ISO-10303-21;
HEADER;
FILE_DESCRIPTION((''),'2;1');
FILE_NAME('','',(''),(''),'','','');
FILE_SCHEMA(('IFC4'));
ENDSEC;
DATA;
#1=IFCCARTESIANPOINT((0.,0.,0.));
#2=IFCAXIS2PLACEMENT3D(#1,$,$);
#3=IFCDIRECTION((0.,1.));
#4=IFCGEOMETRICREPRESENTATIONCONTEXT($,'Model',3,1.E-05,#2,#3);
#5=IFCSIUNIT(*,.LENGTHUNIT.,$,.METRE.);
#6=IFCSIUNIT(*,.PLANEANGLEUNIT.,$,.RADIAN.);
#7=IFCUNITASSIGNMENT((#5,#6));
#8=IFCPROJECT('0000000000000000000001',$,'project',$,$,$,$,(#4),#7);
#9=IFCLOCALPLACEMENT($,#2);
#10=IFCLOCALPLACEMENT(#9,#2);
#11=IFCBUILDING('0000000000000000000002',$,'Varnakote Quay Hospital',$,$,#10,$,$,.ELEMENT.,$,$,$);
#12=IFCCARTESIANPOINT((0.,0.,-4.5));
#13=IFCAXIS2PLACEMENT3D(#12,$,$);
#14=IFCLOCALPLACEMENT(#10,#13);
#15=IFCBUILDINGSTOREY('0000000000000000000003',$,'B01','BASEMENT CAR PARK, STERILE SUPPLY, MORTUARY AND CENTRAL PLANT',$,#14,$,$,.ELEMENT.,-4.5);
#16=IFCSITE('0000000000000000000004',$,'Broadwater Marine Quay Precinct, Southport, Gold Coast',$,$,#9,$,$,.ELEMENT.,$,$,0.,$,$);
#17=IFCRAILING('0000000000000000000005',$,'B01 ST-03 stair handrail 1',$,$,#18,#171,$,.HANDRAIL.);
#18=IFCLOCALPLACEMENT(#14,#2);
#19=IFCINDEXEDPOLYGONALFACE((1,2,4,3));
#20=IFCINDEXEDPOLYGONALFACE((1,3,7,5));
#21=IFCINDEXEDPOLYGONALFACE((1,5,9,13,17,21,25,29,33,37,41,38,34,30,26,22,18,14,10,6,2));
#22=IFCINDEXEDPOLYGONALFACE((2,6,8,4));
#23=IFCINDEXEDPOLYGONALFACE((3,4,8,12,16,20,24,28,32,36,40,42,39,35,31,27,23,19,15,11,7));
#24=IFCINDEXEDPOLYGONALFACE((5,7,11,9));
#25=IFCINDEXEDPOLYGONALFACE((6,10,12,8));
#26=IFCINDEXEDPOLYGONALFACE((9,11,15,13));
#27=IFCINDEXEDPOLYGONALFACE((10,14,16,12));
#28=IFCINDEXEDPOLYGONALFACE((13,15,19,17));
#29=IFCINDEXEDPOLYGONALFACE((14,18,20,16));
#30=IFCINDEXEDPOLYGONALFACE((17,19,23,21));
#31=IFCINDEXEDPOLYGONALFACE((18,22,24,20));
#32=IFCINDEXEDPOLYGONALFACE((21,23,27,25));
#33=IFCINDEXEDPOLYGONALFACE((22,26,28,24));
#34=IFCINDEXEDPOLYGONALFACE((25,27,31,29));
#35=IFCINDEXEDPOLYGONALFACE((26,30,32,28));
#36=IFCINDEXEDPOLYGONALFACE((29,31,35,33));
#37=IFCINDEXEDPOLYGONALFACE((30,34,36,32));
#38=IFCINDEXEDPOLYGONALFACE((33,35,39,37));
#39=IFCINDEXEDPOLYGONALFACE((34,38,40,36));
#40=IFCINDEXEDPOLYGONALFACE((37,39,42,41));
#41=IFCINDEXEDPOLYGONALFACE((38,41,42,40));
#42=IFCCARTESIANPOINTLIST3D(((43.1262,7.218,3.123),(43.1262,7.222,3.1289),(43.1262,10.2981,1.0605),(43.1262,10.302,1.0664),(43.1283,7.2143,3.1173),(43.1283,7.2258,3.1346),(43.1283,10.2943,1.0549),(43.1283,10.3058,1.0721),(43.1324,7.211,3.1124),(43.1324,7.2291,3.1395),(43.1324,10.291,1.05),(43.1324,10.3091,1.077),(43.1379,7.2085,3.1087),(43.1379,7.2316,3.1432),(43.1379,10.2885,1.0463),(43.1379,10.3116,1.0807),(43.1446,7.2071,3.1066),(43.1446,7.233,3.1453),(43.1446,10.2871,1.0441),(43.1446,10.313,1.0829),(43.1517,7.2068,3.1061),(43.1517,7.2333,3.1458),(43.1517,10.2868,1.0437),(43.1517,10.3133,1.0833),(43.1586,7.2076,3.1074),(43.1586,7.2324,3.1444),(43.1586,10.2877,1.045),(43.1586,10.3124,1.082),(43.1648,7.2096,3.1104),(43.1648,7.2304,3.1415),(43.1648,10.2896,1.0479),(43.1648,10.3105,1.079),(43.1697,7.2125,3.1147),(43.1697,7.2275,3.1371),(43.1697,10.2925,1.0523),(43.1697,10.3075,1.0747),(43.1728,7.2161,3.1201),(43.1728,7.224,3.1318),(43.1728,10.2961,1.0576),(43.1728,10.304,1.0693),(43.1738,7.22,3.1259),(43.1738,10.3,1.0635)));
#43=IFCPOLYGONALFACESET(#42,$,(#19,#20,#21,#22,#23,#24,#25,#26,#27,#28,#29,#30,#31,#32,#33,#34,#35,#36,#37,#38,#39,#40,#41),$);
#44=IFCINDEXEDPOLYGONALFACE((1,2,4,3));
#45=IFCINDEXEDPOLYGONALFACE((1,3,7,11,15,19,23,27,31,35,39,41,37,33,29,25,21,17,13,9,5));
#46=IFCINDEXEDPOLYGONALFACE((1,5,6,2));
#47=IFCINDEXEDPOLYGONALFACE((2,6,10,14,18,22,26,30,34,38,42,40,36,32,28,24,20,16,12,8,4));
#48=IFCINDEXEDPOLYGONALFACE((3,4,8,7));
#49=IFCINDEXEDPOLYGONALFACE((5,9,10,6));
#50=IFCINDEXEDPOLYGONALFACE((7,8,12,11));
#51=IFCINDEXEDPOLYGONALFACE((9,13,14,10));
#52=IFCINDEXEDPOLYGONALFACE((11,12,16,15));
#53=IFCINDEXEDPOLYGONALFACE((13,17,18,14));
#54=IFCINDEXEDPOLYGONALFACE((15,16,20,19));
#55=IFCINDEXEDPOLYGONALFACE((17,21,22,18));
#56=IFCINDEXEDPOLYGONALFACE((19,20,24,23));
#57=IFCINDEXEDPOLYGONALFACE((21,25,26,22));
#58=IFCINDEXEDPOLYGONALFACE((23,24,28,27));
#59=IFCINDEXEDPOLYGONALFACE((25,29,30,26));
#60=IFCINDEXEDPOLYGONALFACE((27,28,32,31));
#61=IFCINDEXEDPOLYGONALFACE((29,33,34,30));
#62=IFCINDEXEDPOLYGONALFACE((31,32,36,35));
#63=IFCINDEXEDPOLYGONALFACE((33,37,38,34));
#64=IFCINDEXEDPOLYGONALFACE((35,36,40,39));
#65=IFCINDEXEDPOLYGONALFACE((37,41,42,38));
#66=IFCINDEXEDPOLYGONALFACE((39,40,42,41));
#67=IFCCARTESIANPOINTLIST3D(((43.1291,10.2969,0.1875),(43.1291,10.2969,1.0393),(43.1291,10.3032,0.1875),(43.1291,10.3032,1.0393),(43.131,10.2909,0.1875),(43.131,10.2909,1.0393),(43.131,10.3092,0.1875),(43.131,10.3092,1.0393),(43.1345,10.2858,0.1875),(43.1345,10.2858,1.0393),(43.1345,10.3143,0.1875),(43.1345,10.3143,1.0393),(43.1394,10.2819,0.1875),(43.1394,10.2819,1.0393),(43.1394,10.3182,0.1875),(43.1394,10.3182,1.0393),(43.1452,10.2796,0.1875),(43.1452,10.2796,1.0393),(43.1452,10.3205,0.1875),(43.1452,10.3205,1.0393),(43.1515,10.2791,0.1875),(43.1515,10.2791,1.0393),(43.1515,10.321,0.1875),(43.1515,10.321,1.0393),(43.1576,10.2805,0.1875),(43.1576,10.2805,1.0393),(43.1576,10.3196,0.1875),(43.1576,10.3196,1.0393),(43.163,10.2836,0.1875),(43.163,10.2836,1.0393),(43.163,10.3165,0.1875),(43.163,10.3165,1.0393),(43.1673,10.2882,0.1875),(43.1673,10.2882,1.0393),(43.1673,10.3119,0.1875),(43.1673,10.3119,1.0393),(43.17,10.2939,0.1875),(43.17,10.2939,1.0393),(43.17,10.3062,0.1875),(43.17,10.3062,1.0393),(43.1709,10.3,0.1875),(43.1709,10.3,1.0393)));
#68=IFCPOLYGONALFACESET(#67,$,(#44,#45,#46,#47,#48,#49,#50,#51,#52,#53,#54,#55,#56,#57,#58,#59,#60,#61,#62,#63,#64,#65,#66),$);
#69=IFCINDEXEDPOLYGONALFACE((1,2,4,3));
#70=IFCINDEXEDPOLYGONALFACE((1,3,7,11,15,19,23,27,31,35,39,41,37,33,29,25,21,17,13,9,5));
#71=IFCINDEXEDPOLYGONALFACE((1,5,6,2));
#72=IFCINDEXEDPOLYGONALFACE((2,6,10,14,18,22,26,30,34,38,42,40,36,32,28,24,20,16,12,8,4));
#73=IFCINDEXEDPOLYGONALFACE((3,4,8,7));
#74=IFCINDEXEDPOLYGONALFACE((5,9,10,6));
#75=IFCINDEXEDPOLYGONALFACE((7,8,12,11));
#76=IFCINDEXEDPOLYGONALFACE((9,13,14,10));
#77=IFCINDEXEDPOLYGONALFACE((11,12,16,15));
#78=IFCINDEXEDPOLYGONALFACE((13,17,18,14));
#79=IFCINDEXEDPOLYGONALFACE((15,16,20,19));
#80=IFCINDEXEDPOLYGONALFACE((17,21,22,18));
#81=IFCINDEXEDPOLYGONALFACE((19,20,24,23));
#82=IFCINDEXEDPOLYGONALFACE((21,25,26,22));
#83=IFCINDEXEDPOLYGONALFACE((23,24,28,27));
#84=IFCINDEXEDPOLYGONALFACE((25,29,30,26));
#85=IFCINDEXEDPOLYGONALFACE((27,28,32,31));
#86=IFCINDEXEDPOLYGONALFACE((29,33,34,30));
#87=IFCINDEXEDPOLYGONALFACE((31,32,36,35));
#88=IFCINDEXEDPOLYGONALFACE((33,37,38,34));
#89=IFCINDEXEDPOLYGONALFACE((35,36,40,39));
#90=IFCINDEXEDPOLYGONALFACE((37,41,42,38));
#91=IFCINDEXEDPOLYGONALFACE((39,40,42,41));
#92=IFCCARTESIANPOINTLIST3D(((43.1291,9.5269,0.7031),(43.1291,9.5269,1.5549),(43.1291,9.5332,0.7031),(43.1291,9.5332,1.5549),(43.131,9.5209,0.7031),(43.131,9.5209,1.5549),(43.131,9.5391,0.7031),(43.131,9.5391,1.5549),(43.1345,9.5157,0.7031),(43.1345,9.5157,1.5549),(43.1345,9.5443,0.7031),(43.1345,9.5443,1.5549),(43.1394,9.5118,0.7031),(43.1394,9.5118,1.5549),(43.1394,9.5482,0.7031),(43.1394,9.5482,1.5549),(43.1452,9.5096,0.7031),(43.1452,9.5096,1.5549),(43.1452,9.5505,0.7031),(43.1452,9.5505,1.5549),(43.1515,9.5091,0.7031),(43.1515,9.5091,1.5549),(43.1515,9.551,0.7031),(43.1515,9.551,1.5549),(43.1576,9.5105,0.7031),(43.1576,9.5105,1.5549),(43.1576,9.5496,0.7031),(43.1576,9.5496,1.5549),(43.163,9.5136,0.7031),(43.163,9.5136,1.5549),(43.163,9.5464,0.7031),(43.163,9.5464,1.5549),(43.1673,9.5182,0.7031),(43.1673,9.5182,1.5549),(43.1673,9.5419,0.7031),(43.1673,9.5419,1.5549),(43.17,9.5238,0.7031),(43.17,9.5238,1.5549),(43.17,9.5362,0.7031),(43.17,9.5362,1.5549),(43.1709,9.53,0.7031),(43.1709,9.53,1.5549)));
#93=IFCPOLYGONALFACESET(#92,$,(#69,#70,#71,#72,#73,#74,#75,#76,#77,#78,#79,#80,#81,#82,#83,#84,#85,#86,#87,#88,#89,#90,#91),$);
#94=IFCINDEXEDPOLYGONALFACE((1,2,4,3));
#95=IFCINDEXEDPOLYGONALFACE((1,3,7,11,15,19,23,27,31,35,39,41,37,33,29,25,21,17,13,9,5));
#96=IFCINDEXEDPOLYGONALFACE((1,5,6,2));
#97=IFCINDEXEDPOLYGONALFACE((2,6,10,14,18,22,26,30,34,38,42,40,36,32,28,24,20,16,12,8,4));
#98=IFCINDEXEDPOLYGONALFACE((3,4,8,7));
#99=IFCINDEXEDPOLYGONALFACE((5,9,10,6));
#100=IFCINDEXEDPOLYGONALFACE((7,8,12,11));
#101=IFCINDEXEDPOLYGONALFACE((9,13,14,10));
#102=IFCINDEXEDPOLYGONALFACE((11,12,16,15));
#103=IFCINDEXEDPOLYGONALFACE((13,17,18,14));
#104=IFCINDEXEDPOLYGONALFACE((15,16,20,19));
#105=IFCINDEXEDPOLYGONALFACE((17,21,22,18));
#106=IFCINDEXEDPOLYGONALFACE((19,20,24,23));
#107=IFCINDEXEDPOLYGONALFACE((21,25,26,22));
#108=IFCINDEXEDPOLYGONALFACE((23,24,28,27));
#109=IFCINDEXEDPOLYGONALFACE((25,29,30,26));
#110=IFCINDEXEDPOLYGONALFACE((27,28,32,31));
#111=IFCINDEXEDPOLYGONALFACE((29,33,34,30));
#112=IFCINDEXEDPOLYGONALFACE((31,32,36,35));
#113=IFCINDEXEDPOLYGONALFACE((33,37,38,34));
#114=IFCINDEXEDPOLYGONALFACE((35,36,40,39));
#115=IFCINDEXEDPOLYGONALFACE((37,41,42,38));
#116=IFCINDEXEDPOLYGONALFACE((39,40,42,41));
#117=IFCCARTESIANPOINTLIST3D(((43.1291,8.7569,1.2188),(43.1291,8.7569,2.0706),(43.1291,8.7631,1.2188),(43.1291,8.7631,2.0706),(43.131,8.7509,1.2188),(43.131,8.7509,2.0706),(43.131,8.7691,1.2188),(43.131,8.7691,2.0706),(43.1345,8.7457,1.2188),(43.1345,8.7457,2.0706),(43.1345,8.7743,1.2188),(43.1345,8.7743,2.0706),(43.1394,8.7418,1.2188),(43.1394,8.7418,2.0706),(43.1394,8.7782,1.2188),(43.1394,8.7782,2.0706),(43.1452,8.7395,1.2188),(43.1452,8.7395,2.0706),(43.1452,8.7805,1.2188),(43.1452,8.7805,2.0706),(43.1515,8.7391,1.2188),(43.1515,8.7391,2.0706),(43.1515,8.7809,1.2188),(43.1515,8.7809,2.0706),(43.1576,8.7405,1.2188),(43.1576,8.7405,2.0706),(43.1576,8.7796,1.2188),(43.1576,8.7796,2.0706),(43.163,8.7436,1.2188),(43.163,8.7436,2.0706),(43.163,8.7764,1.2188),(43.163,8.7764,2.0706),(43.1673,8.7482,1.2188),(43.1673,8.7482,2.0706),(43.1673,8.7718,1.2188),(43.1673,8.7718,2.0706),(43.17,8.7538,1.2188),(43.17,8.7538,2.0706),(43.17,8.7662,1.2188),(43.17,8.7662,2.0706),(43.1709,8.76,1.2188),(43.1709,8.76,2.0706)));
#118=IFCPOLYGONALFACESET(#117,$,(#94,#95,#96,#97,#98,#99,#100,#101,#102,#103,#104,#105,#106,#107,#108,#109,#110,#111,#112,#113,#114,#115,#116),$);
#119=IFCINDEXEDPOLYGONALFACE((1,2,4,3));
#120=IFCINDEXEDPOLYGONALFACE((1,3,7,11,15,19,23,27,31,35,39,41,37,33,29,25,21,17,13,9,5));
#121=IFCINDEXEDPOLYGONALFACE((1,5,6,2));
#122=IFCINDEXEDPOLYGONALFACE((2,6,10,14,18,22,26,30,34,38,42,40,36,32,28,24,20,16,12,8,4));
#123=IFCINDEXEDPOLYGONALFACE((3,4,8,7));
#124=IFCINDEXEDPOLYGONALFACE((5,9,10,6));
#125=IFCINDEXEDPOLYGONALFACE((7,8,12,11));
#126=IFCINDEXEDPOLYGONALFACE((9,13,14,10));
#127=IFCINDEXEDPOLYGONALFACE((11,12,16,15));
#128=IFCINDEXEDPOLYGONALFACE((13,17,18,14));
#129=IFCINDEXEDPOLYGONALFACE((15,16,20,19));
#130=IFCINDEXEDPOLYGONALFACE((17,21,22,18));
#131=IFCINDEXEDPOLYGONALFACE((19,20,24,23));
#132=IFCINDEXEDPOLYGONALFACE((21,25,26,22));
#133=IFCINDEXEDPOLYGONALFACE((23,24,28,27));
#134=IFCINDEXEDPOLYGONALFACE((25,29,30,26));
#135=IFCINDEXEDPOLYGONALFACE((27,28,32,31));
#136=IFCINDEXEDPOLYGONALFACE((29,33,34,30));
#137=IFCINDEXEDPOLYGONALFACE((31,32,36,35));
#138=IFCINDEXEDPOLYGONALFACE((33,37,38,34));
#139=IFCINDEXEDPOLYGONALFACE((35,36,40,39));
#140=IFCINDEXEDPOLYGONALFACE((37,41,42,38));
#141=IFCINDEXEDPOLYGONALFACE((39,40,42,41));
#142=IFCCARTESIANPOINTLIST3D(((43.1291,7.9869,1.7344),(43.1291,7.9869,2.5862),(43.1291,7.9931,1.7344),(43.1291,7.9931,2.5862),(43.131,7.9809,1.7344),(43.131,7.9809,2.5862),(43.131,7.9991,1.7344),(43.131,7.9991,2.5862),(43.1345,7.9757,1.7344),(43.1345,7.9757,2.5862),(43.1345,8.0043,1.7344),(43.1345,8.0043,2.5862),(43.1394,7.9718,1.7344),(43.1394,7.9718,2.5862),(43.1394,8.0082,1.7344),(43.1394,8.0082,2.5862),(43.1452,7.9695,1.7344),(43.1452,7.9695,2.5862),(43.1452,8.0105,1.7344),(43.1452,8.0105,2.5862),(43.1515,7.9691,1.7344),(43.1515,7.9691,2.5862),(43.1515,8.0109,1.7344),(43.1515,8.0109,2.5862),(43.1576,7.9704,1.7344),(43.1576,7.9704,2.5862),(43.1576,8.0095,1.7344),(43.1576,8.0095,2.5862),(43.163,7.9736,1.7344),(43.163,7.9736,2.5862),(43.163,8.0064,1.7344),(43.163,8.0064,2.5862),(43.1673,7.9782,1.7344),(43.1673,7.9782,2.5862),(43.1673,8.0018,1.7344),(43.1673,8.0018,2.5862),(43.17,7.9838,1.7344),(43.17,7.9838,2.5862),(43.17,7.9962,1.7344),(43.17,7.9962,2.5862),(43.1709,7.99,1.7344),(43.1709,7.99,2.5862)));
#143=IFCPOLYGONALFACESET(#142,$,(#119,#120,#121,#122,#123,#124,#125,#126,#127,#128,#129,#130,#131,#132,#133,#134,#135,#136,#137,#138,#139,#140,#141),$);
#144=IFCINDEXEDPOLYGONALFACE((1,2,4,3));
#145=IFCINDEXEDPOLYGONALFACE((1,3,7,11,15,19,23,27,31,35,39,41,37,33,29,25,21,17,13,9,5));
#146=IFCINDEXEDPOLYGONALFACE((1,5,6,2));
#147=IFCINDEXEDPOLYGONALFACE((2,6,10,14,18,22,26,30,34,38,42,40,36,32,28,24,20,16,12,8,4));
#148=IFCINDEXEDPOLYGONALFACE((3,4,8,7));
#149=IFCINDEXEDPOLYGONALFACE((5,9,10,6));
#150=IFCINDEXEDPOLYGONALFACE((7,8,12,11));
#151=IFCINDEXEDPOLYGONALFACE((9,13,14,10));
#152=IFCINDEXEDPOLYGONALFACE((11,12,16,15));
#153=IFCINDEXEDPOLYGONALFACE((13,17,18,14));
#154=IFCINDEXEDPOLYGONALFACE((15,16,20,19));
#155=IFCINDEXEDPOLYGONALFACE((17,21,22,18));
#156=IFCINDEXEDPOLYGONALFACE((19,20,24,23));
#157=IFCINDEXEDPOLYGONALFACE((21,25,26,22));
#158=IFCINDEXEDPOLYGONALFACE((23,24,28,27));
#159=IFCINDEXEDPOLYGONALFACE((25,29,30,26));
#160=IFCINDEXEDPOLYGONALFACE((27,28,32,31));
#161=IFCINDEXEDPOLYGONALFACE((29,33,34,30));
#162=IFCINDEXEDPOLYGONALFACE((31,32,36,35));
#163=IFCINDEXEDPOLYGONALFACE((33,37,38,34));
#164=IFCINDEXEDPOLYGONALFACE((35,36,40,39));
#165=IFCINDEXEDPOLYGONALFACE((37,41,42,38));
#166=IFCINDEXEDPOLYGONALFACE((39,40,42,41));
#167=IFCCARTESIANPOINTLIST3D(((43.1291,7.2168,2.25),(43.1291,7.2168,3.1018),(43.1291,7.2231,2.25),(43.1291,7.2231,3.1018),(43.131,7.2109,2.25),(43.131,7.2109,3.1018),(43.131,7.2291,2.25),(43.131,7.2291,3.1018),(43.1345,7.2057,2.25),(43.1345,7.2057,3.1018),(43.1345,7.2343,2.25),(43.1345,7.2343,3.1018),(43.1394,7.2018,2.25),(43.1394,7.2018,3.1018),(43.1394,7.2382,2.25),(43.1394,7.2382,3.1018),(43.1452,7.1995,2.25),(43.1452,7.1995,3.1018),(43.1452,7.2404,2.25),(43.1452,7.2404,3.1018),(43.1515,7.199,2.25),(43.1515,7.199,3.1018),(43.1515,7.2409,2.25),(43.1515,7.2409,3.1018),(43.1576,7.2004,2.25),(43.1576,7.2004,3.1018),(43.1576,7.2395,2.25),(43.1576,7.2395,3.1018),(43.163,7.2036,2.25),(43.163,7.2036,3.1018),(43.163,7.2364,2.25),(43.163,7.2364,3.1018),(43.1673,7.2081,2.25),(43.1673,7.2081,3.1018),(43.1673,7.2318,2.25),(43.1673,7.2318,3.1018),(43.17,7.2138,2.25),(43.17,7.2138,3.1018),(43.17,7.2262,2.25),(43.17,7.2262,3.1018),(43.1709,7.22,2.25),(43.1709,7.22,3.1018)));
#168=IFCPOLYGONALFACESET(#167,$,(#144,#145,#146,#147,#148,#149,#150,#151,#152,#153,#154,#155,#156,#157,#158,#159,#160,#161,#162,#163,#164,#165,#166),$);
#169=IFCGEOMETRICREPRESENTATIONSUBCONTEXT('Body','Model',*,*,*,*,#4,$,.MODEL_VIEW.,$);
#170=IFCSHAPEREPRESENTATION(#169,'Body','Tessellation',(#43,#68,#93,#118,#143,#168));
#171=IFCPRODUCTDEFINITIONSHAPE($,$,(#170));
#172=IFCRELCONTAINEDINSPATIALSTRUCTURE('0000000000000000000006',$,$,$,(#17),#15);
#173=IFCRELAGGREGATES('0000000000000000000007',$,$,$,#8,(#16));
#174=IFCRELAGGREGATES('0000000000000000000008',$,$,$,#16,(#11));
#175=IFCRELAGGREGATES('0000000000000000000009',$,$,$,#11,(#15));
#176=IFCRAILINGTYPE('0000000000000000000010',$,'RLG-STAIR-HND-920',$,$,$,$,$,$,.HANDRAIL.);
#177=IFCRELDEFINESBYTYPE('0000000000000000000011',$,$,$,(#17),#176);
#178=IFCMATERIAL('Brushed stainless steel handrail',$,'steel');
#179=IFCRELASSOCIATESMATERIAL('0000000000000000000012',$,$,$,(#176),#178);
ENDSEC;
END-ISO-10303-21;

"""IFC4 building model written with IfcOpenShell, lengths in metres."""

from ifc_helpers import new_model, si_unit, direction, frame, origin, origin_2d, place, context, subcontext, project, spatial, circle, extrude, material, type_object, element, save


model = new_model("IFC4")

# Units and contexts
model_context = context("Model", 3, precision=1e-05, world=origin(), true_north=direction((0.0, 1.0)))
body_context = subcontext(model_context, "Body", "Model", "MODEL_VIEW")
ifc_project = project(units=[si_unit("LENGTHUNIT", "METRE"), si_unit("PLANEANGLEUNIT", "RADIAN")], contexts=[model_context])

# Site, building, storey
site_placement = place(None, origin())
site = spatial("IfcSite", under=ifc_project, at=site_placement, Name="Broadwater Marine Quay Precinct, Southport, Gold Coast", CompositionType="ELEMENT", RefElevation=0.0)
building_placement = place(site_placement, origin())
building = spatial("IfcBuilding", under=site, at=building_placement, Name="Varnakote Quay Hospital", CompositionType="ELEMENT")
storey_placement = place(building_placement, frame((0.0, 0.0, -4.5)))
storey = spatial("IfcBuildingStorey", under=building, at=storey_placement, Name="B01", Description="BASEMENT CAR PARK, STERILE SUPPLY, MORTUARY AND CENTRAL PLANT", CompositionType="ELEMENT", Elevation=-4.5)

# Railing
ifc_material_1 = material(Name="Brushed stainless steel handrail", Category="steel")
railing_type_1 = type_object("IfcRailingType", Name="RLG-STAIR-HND-920", PredefinedType="HANDRAIL", material=ifc_material_1)
railing_1_placement = place(storey_placement, frame((43.1499, 10.3, 0.1875)))
element("IfcRailing", 1, at=railing_1_placement, inside=storey, type_object=railing_type_1, Name="B01 ST-03 stair handrail 1", PredefinedType="HANDRAIL", context=body_context, shape_type="SweptSolid", body=[
    extrude(circle(Radius=0.0239, at=origin_2d()), frame((0.0, 0.0, 0.876), z_axis=(0.0, -0.830914, 0.556401), x_axis=(1.0, 0.0, 0.0)), (0.0, 0.0, 1.0), 3.7068),
    extrude(circle(Radius=0.021, at=origin_2d()), origin(), (0.0, 0.0, 1.0), 0.8518),
    extrude(circle(Radius=0.021, at=origin_2d()), frame((0.0, -0.77, 0.5156)), (0.0, 0.0, 1.0), 0.8518),
    extrude(circle(Radius=0.021, at=origin_2d()), frame((0.0, -1.54, 1.0312)), (0.0, 0.0, 1.0), 0.8518),
    extrude(circle(Radius=0.021, at=origin_2d()), frame((0.0, -2.3101, 1.5469)), (0.0, 0.0, 1.0), 0.8518),
    extrude(circle(Radius=0.021, at=origin_2d()), frame((0.0, -3.0801, 2.0625)), (0.0, 0.0, 1.0), 0.8518),
])

save(model, "model.ifc")
